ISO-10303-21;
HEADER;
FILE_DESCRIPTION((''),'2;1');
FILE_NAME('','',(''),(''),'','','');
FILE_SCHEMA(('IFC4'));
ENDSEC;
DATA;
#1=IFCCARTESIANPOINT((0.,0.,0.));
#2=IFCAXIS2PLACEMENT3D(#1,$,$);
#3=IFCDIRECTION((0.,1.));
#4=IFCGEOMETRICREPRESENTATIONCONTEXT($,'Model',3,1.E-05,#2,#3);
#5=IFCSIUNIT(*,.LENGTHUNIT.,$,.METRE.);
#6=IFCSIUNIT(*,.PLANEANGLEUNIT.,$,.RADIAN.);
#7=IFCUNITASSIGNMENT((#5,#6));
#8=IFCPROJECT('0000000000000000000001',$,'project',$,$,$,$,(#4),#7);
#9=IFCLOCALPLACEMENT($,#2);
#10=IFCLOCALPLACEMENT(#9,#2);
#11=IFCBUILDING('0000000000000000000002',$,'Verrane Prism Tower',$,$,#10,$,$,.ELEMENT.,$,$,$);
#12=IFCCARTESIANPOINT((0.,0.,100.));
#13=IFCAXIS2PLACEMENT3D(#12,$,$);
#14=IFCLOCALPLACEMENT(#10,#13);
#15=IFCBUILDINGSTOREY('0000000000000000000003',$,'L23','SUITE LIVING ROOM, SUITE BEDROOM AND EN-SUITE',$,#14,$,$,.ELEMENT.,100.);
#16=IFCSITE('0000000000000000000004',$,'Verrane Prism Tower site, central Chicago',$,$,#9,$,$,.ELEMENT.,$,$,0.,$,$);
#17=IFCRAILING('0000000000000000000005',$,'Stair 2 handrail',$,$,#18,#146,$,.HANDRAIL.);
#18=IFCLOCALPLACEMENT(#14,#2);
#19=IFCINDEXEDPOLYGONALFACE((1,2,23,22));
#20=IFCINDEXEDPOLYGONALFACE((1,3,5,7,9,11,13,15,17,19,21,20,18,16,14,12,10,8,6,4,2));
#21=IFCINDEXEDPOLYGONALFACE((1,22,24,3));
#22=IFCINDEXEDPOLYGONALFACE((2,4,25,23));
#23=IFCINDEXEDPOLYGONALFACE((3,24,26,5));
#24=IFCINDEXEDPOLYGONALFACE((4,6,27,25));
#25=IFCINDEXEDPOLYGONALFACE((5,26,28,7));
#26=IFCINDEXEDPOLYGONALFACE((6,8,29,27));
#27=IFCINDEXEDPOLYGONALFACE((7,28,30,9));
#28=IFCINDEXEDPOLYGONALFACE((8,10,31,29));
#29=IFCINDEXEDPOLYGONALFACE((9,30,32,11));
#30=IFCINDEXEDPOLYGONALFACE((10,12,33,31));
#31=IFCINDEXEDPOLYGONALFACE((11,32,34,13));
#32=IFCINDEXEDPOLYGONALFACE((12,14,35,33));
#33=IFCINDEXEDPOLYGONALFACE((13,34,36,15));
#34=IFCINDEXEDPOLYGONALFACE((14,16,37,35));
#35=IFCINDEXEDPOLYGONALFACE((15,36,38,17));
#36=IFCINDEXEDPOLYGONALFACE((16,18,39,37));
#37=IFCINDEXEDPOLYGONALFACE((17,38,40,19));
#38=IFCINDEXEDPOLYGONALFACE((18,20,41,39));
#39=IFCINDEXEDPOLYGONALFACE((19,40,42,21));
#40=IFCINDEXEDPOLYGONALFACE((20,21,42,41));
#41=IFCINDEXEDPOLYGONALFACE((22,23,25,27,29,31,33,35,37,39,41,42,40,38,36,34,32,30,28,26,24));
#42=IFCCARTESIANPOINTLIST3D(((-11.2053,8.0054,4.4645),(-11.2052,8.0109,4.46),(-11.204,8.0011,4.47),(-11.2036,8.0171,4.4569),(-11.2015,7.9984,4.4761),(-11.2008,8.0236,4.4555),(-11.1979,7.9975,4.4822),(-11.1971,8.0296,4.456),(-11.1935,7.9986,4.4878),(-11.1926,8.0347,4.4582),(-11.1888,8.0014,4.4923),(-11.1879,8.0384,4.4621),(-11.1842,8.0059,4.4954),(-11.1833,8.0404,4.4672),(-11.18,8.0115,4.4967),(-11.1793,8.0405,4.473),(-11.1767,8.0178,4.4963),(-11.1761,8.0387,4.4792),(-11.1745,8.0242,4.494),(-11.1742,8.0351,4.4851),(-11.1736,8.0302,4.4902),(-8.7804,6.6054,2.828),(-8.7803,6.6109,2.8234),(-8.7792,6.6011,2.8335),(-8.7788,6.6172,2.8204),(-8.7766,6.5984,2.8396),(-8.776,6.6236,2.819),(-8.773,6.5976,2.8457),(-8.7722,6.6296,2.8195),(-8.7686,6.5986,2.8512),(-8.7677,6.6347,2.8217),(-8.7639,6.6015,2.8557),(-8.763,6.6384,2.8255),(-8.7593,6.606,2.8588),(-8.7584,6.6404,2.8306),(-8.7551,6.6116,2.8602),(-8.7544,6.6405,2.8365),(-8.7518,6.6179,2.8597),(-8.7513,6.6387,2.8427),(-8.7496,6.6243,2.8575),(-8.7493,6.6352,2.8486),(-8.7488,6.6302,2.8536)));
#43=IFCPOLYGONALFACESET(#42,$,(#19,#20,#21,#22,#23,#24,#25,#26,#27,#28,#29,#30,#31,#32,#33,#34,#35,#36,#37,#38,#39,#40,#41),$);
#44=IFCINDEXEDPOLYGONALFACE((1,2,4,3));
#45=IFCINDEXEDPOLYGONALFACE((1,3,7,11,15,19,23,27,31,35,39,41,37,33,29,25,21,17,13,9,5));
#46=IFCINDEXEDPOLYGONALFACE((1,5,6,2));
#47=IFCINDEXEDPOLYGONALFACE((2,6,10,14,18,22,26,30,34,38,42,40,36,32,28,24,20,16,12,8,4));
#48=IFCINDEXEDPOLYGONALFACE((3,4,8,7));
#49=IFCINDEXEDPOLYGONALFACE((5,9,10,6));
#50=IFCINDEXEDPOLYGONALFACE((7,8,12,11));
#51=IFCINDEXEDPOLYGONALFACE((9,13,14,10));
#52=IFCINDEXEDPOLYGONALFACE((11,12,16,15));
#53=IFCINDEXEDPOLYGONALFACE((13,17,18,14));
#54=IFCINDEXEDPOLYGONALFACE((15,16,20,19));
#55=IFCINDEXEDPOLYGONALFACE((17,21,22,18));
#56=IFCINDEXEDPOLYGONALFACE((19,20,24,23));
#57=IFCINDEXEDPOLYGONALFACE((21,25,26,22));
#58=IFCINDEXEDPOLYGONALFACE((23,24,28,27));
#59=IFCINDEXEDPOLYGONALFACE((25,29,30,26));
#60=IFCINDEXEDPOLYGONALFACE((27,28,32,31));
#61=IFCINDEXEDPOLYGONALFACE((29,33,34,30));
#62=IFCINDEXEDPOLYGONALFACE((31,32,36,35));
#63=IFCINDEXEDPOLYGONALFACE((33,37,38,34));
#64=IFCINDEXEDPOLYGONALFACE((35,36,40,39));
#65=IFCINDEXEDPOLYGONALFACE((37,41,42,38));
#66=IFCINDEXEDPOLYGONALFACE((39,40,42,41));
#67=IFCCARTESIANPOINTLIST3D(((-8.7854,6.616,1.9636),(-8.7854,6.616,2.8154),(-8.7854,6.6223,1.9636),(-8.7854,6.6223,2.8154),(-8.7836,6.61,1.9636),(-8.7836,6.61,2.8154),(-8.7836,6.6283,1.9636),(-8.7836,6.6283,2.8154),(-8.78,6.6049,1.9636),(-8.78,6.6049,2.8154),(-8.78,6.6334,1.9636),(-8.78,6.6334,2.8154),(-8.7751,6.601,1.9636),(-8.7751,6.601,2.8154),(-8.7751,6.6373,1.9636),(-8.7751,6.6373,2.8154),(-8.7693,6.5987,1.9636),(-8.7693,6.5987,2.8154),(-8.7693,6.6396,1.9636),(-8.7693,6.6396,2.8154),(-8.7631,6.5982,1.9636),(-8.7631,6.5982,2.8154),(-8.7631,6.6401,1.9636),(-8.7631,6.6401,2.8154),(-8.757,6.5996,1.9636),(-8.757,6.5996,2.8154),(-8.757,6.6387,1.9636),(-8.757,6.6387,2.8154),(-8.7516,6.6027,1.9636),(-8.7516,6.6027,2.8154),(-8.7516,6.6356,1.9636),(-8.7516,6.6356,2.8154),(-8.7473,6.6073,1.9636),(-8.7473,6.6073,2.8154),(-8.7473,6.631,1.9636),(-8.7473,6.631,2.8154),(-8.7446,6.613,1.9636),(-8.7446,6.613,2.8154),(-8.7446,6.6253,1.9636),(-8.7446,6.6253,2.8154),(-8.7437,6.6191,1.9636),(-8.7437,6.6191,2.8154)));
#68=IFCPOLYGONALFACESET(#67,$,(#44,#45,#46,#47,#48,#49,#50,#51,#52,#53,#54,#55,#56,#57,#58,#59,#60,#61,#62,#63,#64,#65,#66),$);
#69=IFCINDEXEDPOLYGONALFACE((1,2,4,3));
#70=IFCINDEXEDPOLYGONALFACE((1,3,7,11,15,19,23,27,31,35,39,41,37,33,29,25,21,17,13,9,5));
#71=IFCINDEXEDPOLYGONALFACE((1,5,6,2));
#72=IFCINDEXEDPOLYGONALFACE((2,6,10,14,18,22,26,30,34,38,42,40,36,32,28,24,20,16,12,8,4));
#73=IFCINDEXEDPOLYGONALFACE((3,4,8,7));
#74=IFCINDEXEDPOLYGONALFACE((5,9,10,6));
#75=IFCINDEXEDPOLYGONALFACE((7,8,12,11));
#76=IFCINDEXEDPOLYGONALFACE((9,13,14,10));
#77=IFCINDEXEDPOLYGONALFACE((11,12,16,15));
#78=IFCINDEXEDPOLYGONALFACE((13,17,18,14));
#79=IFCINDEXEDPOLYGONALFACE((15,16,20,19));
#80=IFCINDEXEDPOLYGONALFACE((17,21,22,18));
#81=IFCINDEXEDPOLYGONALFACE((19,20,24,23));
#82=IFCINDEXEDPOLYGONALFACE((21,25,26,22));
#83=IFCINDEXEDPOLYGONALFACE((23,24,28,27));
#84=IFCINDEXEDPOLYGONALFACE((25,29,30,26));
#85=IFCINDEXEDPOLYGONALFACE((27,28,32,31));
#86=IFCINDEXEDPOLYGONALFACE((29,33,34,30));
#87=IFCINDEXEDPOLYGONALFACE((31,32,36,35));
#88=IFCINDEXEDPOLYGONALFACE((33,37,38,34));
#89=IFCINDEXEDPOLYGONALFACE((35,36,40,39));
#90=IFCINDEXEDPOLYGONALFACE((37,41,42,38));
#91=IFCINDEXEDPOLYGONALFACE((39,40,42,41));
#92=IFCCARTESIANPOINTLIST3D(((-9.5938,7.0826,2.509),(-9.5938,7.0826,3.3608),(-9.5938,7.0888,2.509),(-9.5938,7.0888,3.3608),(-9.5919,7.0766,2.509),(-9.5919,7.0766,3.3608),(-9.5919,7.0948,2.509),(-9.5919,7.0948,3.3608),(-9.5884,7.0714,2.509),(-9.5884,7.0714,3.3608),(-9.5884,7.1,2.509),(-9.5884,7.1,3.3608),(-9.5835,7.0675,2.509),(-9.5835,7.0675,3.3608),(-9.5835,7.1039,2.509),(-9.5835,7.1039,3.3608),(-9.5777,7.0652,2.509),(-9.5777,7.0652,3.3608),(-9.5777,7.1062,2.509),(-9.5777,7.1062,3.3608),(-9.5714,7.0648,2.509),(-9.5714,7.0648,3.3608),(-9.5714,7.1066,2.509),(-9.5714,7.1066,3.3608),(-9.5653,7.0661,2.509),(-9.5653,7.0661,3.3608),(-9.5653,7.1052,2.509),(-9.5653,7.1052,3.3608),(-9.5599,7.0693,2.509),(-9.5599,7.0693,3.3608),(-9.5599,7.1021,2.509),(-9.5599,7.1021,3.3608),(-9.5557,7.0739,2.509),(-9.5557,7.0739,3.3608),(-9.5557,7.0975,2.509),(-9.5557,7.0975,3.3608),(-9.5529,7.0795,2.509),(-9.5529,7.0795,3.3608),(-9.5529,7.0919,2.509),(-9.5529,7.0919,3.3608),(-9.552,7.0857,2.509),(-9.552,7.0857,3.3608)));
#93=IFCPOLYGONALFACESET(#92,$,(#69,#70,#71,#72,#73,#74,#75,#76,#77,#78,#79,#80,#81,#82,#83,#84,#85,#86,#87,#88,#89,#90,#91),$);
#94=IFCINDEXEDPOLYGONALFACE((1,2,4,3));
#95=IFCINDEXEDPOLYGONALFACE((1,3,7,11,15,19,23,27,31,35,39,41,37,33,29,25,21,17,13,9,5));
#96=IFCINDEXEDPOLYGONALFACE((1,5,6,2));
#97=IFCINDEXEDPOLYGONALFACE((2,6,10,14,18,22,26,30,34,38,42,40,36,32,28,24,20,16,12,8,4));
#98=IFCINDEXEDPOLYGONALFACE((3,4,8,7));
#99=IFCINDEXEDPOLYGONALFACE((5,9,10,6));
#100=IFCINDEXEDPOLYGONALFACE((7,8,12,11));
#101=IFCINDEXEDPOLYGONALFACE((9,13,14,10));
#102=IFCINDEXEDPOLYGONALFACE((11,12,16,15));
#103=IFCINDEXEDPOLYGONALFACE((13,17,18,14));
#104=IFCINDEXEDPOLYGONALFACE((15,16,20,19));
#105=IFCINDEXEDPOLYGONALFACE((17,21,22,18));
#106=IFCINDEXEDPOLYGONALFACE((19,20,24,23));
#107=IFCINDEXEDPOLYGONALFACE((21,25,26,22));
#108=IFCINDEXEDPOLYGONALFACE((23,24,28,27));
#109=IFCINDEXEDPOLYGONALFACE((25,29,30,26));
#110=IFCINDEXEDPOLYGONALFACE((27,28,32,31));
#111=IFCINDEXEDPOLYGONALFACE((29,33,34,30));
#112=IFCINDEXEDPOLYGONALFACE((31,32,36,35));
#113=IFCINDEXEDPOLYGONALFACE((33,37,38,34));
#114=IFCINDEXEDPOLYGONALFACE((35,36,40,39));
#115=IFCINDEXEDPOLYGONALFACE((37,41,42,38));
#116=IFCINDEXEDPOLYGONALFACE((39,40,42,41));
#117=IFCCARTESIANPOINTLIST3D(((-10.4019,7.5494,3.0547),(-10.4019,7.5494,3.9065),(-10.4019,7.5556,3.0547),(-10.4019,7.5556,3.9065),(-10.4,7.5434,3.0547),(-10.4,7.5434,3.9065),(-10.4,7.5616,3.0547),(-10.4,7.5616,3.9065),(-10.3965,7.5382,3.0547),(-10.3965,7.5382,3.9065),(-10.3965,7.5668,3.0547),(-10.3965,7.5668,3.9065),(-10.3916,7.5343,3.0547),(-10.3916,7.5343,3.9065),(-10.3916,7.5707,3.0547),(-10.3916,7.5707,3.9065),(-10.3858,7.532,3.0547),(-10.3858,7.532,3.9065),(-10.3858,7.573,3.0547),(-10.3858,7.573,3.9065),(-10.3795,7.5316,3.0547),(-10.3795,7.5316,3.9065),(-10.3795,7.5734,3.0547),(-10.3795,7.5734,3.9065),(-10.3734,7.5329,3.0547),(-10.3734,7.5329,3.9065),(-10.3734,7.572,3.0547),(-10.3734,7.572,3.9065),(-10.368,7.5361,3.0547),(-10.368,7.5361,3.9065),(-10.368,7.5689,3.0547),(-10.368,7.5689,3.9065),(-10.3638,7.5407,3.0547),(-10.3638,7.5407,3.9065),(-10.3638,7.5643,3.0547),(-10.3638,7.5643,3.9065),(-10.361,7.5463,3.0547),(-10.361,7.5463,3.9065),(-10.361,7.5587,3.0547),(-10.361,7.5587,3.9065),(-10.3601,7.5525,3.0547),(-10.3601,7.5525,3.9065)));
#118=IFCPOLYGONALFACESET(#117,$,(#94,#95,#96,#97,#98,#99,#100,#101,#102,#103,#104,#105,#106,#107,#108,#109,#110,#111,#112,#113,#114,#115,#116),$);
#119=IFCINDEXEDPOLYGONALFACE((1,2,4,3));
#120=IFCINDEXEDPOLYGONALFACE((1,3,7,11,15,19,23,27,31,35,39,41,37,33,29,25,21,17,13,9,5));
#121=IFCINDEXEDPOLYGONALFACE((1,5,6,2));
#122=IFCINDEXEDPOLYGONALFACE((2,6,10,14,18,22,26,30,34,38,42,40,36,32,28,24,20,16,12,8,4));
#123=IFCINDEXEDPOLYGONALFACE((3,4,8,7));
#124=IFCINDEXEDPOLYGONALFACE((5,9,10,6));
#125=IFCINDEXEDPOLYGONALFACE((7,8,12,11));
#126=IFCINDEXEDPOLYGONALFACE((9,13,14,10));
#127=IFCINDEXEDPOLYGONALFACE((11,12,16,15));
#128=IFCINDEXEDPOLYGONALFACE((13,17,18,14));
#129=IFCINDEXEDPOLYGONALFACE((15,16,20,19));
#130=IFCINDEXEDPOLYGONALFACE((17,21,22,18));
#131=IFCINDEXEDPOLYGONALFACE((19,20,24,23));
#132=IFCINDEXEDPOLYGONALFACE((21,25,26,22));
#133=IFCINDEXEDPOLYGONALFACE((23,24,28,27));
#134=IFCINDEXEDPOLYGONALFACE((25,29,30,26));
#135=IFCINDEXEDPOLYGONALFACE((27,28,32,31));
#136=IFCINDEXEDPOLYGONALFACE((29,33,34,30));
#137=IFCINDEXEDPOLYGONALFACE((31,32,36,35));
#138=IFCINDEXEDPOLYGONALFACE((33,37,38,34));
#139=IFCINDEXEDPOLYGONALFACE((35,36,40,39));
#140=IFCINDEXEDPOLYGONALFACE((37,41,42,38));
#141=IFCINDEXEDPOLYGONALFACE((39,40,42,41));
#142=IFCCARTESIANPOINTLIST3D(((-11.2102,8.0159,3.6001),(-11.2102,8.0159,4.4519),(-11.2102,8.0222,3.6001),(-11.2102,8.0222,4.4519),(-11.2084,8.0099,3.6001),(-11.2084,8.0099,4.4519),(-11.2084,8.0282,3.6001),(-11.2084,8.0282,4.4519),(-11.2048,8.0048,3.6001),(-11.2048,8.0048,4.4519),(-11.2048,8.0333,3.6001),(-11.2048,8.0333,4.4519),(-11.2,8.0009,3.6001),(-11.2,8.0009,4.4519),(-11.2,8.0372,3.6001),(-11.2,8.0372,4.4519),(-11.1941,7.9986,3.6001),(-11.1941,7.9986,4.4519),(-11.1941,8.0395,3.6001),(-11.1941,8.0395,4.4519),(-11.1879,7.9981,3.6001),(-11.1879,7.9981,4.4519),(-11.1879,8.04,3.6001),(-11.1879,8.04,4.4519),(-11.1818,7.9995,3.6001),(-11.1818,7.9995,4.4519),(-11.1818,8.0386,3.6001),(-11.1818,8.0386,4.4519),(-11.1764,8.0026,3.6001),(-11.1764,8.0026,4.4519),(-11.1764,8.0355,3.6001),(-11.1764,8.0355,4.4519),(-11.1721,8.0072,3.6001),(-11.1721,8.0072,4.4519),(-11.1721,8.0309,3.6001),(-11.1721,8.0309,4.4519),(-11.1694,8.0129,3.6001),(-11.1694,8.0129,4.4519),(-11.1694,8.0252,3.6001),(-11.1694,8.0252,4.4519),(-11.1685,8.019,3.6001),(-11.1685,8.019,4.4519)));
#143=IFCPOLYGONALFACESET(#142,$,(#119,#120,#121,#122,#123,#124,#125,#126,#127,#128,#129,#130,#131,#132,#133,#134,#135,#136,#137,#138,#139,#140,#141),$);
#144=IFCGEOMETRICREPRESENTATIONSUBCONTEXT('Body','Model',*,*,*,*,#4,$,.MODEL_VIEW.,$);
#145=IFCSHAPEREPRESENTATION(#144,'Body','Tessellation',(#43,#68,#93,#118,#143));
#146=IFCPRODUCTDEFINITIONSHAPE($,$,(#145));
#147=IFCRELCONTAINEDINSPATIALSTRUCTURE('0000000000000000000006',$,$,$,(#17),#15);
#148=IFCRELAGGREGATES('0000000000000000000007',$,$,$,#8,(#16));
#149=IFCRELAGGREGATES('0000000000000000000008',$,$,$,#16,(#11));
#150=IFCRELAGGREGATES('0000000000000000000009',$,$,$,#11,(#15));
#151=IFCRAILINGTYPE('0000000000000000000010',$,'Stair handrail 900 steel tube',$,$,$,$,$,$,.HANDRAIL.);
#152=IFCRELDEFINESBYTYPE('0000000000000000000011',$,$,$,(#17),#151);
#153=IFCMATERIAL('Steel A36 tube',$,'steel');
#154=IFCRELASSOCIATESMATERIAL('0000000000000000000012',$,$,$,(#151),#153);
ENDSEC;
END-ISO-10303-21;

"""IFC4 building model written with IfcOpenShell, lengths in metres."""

from ifc_helpers import new_model, si_unit, direction, frame, origin, origin_2d, place, context, subcontext, project, spatial, circle, extrude, material, type_object, element, save


model = new_model("IFC4")

# Units and contexts
model_context = context("Model", 3, precision=1e-05, world=origin(), true_north=direction((0.0, 1.0)))
body_context = subcontext(model_context, "Body", "Model", "MODEL_VIEW")
ifc_project = project(units=[si_unit("LENGTHUNIT", "METRE"), si_unit("PLANEANGLEUNIT", "RADIAN")], contexts=[model_context])

# Site, building, storey
site_placement = place(None, origin())
site = spatial("IfcSite", under=ifc_project, at=site_placement, Name="Verrane Prism Tower site, central Chicago", CompositionType="ELEMENT", RefElevation=0.0)
building_placement = place(site_placement, origin())
building = spatial("IfcBuilding", under=site, at=building_placement, Name="Verrane Prism Tower", CompositionType="ELEMENT")
storey_placement = place(building_placement, frame((0.0, 0.0, 100.0)))
storey = spatial("IfcBuildingStorey", under=building, at=storey_placement, Name="L23", Description="SUITE LIVING ROOM, SUITE BEDROOM AND EN-SUITE", CompositionType="ELEMENT", Elevation=100.0)

# Railing
ifc_material_1 = material(Name="Steel A36 tube", Category="steel")
railing_type_1 = type_object("IfcRailingType", Name="Stair handrail 900 steel tube", PredefinedType="HANDRAIL", material=ifc_material_1)
railing_1_placement = place(storey_placement, frame((-8.7646, 6.6191, 1.9636)))
element("IfcRailing", 1, at=railing_1_placement, inside=storey, type_object=railing_type_1, Name="Stair 2 handrail", PredefinedType="HANDRAIL", context=body_context, shape_type="SweptSolid", body=[
    extrude(circle(Radius=0.0239, at=origin_2d()), frame((0.0, 0.0, 0.876), z_axis=(-0.74769, 0.431661, 0.504608), x_axis=(-0.499984, -0.866035, 0.0)), (0.0, 0.0, 1.0), 3.2432),
    extrude(circle(Radius=0.021, at=origin_2d()), origin(), (0.0, 0.0, 1.0), 0.8518),
    extrude(circle(Radius=0.021, at=origin_2d()), frame((-0.8083, 0.4666, 0.5454)), (0.0, 0.0, 1.0), 0.8518),
    extrude(circle(Radius=0.021, at=origin_2d()), frame((-1.6165, 0.9333, 1.0911)), (0.0, 0.0, 1.0), 0.8518),
    extrude(circle(Radius=0.021, at=origin_2d()), frame((-2.4248, 1.3999, 1.6365)), (0.0, 0.0, 1.0), 0.8518),
])

save(model, "model.ifc")
